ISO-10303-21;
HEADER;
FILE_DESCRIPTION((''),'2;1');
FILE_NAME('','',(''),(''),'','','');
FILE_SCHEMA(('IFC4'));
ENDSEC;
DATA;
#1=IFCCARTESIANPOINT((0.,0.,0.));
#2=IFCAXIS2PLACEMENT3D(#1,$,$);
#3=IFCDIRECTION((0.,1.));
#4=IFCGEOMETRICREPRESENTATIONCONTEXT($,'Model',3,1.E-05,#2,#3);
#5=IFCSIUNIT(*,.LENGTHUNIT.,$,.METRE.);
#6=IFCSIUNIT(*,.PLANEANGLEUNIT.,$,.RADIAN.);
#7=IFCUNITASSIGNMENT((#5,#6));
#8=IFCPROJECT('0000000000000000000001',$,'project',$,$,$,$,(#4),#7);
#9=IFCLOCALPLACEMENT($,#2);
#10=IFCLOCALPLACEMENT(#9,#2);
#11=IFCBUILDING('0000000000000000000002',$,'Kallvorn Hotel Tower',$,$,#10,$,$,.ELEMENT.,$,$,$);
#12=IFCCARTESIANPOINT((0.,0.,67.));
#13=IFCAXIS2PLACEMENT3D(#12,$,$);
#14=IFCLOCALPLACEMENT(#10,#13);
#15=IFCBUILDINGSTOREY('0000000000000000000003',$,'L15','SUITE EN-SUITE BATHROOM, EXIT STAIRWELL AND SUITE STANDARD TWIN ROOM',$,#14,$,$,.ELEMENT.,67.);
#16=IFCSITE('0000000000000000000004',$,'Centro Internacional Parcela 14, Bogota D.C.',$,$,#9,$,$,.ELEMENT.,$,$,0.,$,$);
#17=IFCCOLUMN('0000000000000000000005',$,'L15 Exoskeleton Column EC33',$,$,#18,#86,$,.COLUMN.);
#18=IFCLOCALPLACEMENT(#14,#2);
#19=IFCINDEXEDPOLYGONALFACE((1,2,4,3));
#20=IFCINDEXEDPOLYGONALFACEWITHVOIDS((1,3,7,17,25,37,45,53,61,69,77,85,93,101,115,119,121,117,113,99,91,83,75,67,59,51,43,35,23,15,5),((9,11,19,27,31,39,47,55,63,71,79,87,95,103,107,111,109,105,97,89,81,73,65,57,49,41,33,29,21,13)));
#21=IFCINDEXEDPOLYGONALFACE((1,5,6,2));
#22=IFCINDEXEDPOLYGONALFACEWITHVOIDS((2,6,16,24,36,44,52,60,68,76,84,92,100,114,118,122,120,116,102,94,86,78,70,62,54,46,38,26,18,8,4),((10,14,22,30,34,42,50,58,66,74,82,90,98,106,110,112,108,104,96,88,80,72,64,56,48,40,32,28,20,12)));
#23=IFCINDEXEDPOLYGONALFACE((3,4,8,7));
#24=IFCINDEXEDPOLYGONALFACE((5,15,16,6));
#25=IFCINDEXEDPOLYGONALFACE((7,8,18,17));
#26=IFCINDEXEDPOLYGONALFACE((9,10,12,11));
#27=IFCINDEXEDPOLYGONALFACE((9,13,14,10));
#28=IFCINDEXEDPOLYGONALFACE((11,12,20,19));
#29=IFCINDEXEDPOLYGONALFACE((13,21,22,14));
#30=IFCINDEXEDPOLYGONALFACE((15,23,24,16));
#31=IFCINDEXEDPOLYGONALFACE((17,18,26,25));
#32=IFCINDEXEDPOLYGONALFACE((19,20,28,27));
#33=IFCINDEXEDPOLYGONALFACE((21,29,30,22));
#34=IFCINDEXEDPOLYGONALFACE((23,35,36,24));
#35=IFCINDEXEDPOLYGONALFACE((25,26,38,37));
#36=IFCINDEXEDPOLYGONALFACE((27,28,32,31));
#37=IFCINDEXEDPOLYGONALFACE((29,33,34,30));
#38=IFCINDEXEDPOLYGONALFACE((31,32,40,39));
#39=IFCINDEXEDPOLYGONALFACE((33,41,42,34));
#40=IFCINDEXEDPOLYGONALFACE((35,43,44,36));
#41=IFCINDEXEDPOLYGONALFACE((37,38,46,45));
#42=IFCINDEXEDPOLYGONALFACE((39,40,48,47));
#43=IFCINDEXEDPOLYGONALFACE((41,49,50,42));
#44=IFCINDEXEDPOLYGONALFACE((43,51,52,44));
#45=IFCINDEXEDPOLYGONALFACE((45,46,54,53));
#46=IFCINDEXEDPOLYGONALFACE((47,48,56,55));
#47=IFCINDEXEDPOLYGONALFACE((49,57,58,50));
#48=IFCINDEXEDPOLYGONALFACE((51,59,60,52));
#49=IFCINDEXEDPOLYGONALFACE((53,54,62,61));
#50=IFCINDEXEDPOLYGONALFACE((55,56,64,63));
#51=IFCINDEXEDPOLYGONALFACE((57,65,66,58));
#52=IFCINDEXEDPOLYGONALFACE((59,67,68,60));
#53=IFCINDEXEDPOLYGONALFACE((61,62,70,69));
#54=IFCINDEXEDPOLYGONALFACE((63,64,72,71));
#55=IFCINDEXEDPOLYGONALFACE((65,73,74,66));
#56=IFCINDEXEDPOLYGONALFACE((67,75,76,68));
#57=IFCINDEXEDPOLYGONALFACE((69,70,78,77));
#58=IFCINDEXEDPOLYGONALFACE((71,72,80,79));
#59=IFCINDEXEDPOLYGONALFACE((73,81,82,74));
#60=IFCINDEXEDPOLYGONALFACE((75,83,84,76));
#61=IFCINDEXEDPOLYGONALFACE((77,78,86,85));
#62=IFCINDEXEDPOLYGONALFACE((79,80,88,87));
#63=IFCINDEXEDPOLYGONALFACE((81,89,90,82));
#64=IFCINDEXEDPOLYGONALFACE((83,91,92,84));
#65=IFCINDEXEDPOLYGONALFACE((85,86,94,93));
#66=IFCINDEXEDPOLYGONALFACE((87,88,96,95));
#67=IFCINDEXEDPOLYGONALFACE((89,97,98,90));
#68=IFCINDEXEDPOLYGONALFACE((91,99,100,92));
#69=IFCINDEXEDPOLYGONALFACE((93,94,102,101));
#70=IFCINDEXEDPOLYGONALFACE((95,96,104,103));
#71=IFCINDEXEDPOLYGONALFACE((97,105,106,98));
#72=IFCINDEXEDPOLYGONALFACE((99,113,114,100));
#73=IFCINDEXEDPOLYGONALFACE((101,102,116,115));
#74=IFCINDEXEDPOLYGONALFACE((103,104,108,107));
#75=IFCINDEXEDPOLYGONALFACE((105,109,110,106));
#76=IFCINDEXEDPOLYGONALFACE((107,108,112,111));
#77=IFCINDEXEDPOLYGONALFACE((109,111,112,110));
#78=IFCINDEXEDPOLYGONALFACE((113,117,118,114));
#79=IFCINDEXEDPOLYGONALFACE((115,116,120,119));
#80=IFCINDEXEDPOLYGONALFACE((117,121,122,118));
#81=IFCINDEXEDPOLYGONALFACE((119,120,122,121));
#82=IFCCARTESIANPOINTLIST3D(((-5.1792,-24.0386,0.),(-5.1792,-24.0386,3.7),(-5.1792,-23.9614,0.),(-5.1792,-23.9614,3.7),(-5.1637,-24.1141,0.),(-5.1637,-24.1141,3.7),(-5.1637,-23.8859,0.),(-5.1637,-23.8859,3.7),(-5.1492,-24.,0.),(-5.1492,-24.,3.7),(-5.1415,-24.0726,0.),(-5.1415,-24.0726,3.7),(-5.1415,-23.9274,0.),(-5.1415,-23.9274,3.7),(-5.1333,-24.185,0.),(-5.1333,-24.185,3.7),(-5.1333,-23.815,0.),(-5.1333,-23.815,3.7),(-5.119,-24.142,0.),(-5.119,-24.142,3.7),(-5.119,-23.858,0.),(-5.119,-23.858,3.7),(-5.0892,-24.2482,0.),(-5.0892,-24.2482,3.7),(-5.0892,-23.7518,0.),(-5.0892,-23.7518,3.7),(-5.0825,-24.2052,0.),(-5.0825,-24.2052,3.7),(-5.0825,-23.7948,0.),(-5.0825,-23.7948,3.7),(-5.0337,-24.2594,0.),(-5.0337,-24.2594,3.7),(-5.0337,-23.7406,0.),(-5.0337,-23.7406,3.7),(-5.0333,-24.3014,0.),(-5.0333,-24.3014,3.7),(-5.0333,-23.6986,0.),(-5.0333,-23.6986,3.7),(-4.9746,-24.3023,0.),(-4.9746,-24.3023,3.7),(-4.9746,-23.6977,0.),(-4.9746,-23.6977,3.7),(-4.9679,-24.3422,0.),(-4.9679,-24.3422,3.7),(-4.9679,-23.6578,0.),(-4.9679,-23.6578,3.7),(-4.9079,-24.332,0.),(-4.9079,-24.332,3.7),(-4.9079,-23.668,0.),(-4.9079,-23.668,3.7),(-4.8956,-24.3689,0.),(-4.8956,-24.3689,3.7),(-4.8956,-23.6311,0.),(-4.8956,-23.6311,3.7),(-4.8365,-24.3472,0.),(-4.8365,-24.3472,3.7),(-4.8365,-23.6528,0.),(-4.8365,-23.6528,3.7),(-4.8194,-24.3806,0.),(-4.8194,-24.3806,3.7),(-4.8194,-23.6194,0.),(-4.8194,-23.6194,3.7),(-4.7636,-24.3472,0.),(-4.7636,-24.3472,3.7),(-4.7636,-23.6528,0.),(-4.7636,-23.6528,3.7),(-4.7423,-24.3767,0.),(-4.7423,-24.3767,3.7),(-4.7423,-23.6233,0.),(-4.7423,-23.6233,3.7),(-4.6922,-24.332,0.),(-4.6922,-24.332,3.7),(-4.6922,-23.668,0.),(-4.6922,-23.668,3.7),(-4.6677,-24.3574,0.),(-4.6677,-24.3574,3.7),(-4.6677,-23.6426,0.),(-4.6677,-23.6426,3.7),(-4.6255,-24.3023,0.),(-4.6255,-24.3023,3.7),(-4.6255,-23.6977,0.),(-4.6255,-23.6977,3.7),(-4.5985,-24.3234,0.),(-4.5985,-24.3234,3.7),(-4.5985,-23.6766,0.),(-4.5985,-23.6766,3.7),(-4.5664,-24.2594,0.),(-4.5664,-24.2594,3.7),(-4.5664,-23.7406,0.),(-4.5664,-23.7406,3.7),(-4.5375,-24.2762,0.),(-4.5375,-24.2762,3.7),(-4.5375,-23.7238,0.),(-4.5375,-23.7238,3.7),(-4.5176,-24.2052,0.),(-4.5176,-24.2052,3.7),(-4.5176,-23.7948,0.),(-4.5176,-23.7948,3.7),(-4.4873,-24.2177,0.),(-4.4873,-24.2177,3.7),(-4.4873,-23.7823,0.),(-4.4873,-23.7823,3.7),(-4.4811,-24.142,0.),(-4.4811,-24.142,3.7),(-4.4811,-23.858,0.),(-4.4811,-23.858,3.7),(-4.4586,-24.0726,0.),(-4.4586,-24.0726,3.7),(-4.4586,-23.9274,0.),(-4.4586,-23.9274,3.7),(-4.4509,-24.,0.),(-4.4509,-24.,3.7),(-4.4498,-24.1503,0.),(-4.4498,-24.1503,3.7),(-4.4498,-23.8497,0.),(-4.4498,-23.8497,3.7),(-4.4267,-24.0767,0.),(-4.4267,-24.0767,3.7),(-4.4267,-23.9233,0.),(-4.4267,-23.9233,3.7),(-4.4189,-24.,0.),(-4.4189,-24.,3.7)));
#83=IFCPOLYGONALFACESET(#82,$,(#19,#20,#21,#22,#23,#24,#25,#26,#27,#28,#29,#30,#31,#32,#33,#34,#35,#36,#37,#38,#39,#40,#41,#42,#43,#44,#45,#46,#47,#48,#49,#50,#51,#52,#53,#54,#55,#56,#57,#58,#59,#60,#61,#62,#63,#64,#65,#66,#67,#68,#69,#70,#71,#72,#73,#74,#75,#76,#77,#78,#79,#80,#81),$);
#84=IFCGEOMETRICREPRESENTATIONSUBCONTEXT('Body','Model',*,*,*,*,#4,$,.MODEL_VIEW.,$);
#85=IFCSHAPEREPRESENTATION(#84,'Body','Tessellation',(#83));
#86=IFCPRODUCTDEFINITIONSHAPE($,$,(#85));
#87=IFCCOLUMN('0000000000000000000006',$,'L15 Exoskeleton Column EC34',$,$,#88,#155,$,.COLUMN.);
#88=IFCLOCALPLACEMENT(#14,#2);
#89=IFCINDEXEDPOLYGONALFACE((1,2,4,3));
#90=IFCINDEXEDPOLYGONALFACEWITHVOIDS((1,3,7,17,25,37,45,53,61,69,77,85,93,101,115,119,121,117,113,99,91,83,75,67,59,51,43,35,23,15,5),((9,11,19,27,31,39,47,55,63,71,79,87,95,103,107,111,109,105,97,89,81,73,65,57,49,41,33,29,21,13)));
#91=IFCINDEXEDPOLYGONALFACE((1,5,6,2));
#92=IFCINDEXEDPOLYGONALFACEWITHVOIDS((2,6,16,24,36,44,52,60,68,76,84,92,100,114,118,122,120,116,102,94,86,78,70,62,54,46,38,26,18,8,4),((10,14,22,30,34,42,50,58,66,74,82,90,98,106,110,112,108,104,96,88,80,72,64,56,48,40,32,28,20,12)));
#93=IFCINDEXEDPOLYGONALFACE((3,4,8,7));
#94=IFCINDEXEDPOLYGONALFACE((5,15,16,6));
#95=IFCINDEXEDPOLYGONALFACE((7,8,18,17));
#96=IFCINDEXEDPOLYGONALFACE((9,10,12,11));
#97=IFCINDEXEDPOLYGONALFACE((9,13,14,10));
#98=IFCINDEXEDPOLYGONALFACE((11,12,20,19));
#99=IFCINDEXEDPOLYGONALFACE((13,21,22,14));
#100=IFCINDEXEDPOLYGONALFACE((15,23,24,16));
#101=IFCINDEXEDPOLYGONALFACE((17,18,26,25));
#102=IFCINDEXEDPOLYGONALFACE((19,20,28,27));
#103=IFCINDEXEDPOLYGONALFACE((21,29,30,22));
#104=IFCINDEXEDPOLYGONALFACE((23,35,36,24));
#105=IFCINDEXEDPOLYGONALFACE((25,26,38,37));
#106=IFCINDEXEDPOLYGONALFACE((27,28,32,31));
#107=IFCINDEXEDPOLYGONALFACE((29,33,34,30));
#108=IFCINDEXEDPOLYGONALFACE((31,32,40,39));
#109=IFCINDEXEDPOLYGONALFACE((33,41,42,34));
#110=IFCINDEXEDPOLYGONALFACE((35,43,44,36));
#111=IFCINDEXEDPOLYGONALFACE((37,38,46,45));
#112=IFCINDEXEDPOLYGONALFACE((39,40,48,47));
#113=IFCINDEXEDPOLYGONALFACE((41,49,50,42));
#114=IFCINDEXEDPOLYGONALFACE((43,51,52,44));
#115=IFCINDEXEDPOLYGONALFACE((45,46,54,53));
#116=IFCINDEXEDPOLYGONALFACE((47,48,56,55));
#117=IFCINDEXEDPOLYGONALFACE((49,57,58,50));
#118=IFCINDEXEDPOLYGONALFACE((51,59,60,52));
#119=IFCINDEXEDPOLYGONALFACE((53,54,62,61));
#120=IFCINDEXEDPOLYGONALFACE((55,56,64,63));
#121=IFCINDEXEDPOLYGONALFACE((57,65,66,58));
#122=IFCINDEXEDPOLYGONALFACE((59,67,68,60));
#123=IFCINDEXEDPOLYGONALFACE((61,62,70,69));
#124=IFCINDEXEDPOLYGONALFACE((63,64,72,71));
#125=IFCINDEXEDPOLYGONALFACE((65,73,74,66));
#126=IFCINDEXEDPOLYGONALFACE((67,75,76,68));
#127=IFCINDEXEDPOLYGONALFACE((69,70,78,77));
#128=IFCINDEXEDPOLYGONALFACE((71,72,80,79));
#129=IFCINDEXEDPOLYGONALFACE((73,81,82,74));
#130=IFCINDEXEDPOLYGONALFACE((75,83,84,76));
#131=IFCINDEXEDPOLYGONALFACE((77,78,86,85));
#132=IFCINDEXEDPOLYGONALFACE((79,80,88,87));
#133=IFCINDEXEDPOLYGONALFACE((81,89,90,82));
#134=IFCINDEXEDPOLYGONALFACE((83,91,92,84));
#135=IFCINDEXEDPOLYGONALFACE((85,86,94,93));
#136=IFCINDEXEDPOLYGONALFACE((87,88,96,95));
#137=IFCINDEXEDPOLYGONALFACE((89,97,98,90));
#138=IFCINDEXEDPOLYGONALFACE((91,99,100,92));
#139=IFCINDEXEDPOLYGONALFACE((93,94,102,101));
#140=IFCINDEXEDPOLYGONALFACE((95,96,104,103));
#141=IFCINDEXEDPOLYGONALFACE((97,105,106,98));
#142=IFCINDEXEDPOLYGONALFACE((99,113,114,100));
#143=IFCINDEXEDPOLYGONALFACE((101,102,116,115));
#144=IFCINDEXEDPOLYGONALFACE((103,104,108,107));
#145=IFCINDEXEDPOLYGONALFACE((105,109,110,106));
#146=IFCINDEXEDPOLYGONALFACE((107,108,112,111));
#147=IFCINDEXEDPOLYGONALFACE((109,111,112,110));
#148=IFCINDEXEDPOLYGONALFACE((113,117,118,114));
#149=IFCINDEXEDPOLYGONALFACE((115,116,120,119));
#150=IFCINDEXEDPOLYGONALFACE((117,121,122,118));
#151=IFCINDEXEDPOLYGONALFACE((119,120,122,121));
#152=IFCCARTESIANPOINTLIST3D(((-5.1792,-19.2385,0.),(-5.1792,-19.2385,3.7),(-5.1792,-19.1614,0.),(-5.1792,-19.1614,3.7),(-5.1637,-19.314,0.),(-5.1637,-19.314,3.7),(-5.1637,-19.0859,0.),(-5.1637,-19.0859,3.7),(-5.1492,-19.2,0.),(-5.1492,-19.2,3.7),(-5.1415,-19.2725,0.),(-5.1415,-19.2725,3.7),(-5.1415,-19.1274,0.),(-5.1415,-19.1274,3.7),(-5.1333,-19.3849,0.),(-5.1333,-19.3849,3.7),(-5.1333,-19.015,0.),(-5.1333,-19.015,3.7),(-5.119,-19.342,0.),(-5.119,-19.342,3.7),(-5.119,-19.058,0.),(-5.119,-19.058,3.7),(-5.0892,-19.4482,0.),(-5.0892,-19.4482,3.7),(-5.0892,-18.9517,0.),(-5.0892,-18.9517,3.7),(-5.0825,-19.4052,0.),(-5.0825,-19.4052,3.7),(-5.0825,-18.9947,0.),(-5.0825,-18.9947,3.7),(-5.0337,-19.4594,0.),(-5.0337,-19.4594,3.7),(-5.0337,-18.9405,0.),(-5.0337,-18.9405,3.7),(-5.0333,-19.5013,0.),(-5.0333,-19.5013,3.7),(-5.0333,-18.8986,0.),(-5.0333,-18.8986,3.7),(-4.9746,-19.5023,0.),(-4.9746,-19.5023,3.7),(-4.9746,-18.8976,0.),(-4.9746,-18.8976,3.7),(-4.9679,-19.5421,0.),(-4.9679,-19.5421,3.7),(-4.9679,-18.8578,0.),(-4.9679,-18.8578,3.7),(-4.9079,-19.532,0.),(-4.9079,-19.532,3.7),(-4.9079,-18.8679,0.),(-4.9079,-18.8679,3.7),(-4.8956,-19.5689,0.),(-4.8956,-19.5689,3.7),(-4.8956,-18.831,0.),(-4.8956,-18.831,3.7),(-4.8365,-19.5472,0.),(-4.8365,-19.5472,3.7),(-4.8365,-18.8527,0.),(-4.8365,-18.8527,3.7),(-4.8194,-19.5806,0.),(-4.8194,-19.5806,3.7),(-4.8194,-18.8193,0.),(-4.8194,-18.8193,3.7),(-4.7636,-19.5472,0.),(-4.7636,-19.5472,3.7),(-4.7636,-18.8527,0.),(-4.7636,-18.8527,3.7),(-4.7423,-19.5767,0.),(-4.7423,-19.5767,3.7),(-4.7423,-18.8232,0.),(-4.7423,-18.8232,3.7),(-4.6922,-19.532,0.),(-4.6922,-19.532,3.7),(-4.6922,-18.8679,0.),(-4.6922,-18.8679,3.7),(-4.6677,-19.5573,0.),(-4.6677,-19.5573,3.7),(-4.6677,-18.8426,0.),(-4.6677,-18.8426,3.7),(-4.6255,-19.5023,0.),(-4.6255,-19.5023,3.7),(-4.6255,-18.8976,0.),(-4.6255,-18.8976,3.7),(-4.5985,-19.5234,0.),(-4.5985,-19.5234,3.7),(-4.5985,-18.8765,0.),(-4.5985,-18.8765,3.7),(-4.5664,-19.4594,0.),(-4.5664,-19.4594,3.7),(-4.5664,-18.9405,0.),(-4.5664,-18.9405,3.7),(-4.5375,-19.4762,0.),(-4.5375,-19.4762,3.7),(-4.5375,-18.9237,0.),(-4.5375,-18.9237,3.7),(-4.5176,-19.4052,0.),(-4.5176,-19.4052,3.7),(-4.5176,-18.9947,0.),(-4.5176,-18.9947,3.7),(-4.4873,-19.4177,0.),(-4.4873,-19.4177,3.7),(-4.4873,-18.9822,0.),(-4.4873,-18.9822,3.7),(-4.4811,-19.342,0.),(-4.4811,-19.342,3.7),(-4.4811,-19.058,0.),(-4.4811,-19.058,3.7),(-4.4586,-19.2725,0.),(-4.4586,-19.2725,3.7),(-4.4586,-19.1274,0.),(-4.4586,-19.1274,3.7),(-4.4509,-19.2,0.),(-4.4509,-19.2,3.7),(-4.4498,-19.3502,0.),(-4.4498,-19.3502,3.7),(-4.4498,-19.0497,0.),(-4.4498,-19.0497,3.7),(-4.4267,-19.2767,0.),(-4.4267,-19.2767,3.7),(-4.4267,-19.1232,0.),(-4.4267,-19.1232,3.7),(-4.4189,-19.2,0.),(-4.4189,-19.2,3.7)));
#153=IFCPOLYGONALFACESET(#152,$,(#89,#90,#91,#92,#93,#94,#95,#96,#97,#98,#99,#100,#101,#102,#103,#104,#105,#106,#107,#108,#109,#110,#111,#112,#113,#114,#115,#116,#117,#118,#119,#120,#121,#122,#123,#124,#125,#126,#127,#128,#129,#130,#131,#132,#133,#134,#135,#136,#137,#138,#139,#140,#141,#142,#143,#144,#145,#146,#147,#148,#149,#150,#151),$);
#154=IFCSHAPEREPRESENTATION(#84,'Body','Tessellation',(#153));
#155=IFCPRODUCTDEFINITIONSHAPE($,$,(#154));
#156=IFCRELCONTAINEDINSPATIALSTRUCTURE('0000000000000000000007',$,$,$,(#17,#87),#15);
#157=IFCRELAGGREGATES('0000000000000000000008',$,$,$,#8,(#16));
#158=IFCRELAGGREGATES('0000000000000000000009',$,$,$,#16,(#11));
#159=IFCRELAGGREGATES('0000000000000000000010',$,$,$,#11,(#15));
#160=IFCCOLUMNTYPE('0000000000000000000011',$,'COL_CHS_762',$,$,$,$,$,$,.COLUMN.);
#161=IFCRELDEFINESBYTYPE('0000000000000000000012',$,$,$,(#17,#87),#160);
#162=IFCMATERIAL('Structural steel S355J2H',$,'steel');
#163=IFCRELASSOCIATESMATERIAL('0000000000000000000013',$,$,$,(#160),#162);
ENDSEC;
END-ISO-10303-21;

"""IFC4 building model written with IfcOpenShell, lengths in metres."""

from ifc_helpers import new_model, si_unit, direction, frame, origin, origin_2d, place, context, subcontext, project, spatial, hollow_circle, extrude, material, material_profile, profile_set, type_object, element, save


model = new_model("IFC4")

# Units and contexts
model_context = context("Model", 3, precision=1e-05, world=origin(), true_north=direction((0.0, 1.0)))
body_context = subcontext(model_context, "Body", "Model", "MODEL_VIEW")
ifc_project = project(units=[si_unit("LENGTHUNIT", "METRE"), si_unit("PLANEANGLEUNIT", "RADIAN")], contexts=[model_context])

# Site, building, storey
site_placement = place(None, origin())
site = spatial("IfcSite", under=ifc_project, at=site_placement, Name="Centro Internacional Parcela 14, Bogota D.C.", CompositionType="ELEMENT", RefElevation=0.0)
building_placement = place(site_placement, origin())
building = spatial("IfcBuilding", under=site, at=building_placement, Name="Kallvorn Hotel Tower", CompositionType="ELEMENT")
storey_placement = place(building_placement, frame((0.0, 0.0, 67.0)))
storey = spatial("IfcBuildingStorey", under=building, at=storey_placement, Name="L15", Description="SUITE EN-SUITE BATHROOM, EXIT STAIRWELL AND SUITE STANDARD TWIN ROOM", CompositionType="ELEMENT", Elevation=67.0)

# Columns
ifc_material_1 = material(Name="Structural steel S355J2H", Category="steel")
ifc_material_profile_1 = material_profile(ifc_material_1, hollow_circle(Radius=0.3811, WallThickness=0.032, at=origin_2d()), Name="CHS 762x32")
ifc_profile_set_1 = profile_set([ifc_material_profile_1], Name="Structural steel S355J2H")
column_type_1 = type_object("IfcColumnType", Name="COL_CHS_762", PredefinedType="COLUMN", material=ifc_profile_set_1)
for number, where, z_axis, x_axis, name in (
    (1, (-4.8, -24.0, 0.0), (0.0, 0.0, 1.0), (1.0, 0.0, 0.0), "L15 Exoskeleton Column EC33"),
    (2, (-4.8, -19.2, 0.0), (0.0, 0.0, 1.0), (1.0, 0.0, 0.0), "L15 Exoskeleton Column EC34"),
):
    element("IfcColumn", number, at=place(storey_placement, frame(where, z_axis=z_axis, x_axis=x_axis)), inside=storey, type_object=column_type_1, Name=name, PredefinedType="COLUMN", context=body_context, shape_type="SweptSolid", body=[
        extrude(hollow_circle(Radius=0.3811, WallThickness=0.032, at=origin_2d()), origin(), (0.0, 0.0, 1.0), 3.7),
    ])

save(model, "model.ifc")
